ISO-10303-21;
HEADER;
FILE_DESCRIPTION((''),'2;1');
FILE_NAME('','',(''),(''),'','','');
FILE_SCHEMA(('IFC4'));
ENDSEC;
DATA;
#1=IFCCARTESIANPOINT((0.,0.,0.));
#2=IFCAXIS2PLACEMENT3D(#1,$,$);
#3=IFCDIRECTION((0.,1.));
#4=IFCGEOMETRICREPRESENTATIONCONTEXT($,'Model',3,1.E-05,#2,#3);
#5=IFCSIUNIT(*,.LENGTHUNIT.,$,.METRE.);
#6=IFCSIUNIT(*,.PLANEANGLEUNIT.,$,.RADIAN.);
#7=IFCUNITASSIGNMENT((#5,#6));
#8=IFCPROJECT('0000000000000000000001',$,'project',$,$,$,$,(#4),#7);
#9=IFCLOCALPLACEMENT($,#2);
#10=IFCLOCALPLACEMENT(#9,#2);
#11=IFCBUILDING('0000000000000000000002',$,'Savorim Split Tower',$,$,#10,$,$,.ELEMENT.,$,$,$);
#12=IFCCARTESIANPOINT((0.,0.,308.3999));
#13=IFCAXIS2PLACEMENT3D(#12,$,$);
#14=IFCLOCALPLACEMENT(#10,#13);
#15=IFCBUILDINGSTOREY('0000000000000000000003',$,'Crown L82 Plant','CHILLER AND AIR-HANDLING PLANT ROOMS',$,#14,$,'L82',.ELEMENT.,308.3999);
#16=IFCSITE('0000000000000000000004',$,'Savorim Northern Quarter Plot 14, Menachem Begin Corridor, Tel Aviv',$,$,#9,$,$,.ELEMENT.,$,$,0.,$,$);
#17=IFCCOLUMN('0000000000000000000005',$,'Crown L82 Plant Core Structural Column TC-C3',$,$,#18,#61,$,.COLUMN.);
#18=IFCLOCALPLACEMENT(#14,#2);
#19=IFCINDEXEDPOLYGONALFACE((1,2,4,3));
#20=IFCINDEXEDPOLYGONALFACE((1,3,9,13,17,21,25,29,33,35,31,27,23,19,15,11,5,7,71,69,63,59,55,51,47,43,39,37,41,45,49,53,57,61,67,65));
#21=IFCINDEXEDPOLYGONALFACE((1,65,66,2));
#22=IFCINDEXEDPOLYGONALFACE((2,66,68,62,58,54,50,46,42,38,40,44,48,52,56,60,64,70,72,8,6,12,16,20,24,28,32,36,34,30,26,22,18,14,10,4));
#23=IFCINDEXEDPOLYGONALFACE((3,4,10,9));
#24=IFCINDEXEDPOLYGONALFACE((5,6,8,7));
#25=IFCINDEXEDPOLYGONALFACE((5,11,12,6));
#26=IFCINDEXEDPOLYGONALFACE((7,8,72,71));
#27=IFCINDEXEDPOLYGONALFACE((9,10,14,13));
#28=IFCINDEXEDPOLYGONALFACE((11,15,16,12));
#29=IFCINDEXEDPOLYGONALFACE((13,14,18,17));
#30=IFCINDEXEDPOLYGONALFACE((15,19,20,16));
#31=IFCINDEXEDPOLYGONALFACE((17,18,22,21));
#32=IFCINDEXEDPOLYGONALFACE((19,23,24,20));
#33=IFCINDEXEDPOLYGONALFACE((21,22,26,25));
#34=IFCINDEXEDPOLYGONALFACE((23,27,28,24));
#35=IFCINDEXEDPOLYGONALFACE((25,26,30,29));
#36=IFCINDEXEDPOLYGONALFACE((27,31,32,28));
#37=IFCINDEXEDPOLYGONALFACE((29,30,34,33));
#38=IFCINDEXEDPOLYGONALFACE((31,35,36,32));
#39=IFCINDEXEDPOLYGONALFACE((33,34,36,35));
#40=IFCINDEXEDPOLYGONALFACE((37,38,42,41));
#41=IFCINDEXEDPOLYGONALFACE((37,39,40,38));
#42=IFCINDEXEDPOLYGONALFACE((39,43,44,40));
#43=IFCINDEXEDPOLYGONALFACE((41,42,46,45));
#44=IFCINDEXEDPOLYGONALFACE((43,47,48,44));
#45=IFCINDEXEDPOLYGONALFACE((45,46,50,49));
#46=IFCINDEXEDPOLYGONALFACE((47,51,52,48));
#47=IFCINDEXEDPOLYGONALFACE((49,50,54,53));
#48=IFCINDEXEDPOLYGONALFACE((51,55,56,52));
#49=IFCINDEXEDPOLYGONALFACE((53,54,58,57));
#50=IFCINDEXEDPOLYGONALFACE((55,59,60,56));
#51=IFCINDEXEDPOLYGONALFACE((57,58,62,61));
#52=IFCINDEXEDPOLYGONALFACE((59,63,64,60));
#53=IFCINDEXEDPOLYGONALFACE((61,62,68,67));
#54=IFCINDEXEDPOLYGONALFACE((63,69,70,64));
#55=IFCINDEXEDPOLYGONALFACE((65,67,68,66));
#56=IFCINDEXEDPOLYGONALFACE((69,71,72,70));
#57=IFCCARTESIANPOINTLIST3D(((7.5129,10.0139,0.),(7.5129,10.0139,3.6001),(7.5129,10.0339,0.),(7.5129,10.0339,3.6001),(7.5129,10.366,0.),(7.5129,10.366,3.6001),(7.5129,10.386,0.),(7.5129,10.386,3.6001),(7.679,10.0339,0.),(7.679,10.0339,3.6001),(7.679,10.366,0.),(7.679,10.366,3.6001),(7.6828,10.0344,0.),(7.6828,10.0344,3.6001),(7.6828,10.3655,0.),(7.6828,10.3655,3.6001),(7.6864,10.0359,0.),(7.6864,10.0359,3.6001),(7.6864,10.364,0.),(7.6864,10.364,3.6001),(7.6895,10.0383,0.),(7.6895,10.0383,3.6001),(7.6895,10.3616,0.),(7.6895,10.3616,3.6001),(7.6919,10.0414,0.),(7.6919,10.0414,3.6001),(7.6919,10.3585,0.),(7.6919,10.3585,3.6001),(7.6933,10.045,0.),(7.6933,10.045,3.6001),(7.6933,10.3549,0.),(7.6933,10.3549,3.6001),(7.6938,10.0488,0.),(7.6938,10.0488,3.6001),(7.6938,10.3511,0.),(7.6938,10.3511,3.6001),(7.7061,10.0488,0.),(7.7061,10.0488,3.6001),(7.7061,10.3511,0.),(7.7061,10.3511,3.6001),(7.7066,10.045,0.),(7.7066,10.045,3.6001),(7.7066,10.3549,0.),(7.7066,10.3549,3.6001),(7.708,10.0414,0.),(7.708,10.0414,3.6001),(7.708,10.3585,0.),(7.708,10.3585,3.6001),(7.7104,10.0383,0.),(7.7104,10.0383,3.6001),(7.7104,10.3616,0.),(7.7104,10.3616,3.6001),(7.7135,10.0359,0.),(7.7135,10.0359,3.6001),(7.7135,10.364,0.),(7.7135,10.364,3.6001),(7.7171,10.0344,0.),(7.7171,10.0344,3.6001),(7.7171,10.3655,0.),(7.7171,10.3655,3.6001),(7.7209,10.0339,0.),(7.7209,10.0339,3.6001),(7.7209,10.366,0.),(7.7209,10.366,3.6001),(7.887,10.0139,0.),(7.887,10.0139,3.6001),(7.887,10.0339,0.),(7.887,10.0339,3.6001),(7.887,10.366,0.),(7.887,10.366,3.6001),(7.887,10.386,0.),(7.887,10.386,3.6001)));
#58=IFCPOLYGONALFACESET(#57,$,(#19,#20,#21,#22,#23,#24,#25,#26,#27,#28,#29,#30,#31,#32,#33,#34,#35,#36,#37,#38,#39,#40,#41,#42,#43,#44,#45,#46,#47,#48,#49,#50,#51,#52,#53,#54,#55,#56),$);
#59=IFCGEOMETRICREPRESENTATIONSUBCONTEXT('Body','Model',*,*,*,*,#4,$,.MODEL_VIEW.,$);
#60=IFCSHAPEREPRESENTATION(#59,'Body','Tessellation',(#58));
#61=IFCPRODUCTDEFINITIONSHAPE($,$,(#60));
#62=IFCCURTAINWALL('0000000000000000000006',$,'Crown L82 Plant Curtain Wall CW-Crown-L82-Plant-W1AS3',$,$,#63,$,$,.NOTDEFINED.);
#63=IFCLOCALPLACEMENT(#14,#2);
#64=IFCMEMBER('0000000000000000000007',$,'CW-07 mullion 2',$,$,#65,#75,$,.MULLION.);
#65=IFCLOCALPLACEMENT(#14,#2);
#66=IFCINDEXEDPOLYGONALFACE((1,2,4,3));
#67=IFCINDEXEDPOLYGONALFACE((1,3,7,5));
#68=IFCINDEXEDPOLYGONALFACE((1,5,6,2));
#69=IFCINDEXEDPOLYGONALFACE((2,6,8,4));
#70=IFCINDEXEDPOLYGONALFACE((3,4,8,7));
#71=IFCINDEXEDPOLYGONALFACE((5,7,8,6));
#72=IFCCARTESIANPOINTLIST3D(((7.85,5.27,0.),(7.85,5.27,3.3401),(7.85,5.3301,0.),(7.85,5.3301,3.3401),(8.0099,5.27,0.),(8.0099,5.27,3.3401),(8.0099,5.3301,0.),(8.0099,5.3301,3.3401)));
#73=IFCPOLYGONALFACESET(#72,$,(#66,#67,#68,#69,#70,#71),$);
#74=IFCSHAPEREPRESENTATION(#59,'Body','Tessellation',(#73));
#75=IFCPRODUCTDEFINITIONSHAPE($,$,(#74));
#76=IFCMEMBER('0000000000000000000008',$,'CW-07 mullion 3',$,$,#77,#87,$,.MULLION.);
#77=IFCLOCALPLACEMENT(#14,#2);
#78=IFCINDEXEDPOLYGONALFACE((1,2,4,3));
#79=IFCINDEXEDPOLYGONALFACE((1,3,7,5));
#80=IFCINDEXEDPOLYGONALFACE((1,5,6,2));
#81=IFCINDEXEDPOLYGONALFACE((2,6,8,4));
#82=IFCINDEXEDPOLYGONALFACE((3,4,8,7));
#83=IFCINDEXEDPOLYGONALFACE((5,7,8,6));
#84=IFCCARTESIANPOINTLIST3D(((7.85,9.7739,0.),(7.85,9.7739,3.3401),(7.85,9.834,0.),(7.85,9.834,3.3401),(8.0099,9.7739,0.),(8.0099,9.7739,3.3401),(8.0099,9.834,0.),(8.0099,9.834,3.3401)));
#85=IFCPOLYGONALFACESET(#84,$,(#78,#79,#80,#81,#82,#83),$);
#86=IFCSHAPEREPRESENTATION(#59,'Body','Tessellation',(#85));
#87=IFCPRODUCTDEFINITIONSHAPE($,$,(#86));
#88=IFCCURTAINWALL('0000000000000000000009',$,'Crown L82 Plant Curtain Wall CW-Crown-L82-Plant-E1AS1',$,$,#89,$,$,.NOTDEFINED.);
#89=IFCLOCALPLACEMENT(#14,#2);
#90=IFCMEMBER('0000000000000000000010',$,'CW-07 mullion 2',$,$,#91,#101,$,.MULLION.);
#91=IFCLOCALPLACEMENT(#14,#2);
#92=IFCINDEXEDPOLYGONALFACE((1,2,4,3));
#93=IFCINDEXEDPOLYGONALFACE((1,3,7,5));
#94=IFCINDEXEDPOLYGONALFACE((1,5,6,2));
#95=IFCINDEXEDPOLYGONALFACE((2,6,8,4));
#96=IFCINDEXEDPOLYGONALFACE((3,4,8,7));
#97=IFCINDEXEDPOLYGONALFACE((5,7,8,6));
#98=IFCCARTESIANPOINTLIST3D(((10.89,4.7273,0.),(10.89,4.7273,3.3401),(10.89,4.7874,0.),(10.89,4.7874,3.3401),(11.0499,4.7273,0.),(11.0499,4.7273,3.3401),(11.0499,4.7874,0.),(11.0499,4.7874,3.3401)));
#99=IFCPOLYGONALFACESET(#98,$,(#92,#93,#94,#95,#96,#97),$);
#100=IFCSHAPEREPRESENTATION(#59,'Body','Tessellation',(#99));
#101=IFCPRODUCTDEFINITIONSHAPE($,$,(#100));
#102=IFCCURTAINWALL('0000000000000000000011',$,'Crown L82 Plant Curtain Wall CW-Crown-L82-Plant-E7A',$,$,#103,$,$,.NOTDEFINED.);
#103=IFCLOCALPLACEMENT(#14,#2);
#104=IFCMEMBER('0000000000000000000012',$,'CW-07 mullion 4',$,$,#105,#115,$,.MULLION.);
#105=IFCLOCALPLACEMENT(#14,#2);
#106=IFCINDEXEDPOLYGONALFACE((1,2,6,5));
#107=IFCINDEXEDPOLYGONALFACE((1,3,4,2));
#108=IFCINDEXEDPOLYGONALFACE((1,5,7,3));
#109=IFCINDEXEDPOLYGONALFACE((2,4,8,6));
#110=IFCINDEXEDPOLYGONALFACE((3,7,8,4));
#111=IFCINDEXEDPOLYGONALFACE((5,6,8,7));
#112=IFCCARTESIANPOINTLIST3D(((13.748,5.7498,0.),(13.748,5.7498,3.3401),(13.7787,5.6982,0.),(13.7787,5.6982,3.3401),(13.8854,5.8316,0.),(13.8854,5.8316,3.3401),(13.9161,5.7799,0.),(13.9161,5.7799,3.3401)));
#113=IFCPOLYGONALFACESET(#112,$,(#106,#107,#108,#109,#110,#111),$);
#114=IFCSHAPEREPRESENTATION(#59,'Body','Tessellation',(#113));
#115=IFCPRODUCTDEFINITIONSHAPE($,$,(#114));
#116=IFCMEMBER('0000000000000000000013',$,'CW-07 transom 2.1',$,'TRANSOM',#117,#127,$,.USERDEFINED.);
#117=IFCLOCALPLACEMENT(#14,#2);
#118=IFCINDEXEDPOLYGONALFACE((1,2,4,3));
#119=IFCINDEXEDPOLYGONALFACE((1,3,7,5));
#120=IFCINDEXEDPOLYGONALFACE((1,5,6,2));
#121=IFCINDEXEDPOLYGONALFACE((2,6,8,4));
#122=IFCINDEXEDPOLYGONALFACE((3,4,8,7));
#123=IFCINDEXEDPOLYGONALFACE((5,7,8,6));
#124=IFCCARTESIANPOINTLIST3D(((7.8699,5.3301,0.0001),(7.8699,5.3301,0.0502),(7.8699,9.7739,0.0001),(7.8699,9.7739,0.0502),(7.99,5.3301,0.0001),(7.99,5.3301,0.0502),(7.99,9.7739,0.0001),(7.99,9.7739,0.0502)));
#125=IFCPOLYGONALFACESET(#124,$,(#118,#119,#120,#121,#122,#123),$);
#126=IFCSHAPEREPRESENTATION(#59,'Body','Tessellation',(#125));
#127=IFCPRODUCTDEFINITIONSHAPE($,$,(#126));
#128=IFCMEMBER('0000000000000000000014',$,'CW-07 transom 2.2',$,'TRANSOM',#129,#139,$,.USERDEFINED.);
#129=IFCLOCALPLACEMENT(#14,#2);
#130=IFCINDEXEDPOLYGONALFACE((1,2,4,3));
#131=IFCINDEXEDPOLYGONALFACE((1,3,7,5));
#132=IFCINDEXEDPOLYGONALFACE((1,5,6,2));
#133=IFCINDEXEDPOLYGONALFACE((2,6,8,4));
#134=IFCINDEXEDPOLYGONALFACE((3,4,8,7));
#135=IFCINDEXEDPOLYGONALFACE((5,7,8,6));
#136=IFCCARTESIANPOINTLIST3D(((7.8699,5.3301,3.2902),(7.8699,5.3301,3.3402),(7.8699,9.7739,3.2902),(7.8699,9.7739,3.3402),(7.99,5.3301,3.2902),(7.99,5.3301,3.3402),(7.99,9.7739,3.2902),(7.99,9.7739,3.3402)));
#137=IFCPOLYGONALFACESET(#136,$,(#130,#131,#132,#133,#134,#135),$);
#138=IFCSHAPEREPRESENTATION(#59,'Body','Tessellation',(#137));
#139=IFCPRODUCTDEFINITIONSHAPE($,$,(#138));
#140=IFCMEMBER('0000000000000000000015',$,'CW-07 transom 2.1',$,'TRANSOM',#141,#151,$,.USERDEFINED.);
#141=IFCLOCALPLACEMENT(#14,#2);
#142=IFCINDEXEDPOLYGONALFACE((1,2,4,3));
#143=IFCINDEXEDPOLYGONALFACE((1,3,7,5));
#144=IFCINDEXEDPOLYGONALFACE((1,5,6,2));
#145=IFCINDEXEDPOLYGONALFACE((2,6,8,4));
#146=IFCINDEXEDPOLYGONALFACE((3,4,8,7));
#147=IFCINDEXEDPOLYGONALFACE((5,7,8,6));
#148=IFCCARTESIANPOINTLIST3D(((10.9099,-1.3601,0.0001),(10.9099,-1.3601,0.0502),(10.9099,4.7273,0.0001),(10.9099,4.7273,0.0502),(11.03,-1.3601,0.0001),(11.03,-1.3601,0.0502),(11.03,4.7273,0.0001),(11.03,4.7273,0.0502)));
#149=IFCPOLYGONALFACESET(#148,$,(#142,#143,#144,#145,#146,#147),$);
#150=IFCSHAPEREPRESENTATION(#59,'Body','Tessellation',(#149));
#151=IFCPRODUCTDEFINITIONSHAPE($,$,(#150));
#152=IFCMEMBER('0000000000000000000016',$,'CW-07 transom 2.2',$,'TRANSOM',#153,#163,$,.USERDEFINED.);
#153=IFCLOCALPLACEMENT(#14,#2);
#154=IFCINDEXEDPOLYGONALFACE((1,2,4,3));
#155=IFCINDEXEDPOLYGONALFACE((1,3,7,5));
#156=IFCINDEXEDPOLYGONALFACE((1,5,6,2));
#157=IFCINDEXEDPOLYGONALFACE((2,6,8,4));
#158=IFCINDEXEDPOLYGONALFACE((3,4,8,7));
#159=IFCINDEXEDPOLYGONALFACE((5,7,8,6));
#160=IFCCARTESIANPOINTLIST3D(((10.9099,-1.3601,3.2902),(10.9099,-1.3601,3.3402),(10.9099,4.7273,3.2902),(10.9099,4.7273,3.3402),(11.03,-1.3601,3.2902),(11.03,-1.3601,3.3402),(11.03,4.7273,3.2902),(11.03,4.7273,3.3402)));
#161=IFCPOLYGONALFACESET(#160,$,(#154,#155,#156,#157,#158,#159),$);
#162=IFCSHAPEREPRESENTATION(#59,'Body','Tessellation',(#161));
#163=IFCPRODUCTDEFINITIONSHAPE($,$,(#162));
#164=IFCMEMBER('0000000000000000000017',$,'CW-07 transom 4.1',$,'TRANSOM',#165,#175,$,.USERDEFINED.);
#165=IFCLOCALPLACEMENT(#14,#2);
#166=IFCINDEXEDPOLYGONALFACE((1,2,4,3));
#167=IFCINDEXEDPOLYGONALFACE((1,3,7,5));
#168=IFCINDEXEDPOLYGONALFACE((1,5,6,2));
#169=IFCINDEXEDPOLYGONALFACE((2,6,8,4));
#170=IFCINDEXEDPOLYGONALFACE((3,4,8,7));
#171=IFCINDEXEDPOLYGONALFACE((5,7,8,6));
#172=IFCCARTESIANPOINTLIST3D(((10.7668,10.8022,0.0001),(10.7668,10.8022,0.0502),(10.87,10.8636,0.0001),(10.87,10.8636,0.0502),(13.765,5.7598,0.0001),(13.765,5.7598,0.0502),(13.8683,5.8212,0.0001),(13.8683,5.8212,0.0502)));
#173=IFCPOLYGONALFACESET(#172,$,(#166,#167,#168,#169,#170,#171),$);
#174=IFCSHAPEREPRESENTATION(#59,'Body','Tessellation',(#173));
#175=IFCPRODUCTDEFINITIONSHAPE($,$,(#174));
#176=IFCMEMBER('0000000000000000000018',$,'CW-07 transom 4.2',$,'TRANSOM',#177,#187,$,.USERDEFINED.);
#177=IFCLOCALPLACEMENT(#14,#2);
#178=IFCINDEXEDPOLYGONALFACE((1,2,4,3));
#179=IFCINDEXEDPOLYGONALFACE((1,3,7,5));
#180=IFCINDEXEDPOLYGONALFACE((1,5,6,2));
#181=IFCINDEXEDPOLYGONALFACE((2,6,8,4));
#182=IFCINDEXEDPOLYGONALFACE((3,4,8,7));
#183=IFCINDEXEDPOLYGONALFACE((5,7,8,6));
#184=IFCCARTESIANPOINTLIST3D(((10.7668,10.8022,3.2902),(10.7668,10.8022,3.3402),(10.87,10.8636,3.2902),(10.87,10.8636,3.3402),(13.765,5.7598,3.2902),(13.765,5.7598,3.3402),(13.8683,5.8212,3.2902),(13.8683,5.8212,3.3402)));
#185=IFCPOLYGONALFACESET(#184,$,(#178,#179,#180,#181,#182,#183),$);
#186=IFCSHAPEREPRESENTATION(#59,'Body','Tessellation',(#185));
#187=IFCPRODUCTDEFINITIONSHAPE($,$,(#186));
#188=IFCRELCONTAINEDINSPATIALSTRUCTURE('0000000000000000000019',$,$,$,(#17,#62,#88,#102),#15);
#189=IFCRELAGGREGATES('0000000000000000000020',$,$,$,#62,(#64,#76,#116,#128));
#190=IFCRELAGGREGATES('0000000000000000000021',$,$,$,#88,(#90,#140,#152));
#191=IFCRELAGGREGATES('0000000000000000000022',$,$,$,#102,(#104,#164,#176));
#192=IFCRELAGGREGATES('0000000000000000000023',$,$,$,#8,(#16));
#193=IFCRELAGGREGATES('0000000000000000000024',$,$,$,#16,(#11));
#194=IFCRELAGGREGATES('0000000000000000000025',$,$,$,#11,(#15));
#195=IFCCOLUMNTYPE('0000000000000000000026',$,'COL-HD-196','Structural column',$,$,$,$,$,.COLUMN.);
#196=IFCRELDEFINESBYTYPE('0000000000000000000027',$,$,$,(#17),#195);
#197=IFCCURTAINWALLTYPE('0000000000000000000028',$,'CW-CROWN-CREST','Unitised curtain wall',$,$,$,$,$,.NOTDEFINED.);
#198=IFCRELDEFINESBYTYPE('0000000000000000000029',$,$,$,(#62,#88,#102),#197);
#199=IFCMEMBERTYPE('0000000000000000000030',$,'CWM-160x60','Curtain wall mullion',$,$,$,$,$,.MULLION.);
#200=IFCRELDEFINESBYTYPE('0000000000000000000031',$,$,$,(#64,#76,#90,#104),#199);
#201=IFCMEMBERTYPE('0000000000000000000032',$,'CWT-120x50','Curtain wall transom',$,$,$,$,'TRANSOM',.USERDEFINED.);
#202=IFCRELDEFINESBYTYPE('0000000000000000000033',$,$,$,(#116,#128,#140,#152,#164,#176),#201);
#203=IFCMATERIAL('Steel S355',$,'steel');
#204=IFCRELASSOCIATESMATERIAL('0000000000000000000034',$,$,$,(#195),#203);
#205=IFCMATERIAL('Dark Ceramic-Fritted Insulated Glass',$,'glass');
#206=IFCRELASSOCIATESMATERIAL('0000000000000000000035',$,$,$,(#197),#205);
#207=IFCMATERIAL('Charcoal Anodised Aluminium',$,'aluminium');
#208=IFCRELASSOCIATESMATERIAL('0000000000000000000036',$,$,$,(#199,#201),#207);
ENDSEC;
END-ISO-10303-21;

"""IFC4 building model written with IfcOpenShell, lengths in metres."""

from ifc_helpers import new_model, si_unit, direction, frame, origin, origin_2d, place, context, subcontext, project, spatial, rectangle, i_section, extrude, material, material_profile, profile_set, type_object, element, aggregate, save


model = new_model("IFC4")

# Units and contexts
model_context = context("Model", 3, precision=1e-05, world=origin(), true_north=direction((0.0, 1.0)))
body_context = subcontext(model_context, "Body", "Model", "MODEL_VIEW")
ifc_project = project(units=[si_unit("LENGTHUNIT", "METRE"), si_unit("PLANEANGLEUNIT", "RADIAN")], contexts=[model_context])

# Site, building, storey
site_placement = place(None, origin())
site = spatial("IfcSite", under=ifc_project, at=site_placement, Name="Savorim Northern Quarter Plot 14, Menachem Begin Corridor, Tel Aviv", CompositionType="ELEMENT", RefElevation=0.0)
building_placement = place(site_placement, origin())
building = spatial("IfcBuilding", under=site, at=building_placement, Name="Savorim Split Tower", CompositionType="ELEMENT")
storey_placement = place(building_placement, frame((0.0, 0.0, 308.3999)))
storey = spatial("IfcBuildingStorey", under=building, at=storey_placement, Name="Crown L82 Plant", Description="CHILLER AND AIR-HANDLING PLANT ROOMS", LongName="L82", CompositionType="ELEMENT", Elevation=308.3999)

# Column
ifc_material_1 = material(Name="Steel S355", Category="steel")
ifc_material_profile_1 = material_profile(ifc_material_1, i_section(OverallWidth=0.374, OverallDepth=0.3721, WebThickness=0.0122, FlangeThickness=0.02, FilletRadius=0.0149, at=origin_2d()), Name="HD 360x196")
ifc_profile_set_1 = profile_set([ifc_material_profile_1], Name="Steel S355")
column_type = type_object("IfcColumnType", Name="COL-HD-196", Description="Structural column", PredefinedType="COLUMN", material=ifc_profile_set_1)
column_placement = place(storey_placement, frame((7.7, 10.2, 0.0), z_axis=(0.0, 0.0, 1.0), x_axis=(1.0, 0.0, 0.0)))
element("IfcColumn", 1, at=column_placement, inside=storey, type_object=column_type, Name="Crown L82 Plant Core Structural Column TC-C3", PredefinedType="COLUMN", context=body_context, shape_type="SweptSolid", body=[
    extrude(i_section(OverallWidth=0.374, OverallDepth=0.3721, WebThickness=0.0122, FlangeThickness=0.02, FilletRadius=0.0149, at=origin_2d()), origin(), (0.0, 0.0, 1.0), 3.6001),
])

# Curtain wall, members
ifc_material_2 = material(Name="Dark Ceramic-Fritted Insulated Glass", Category="glass")
curtain_wall_type = type_object("IfcCurtainWallType", Name="CW-CROWN-CREST", Description="Unitised curtain wall", PredefinedType="NOTDEFINED", material=ifc_material_2)
curtain_wall_1_placement = place(storey_placement, origin())
curtain_wall_1 = element("IfcCurtainWall", 2, at=curtain_wall_1_placement, inside=storey, type_object=curtain_wall_type, Name="Crown L82 Plant Curtain Wall CW-Crown-L82-Plant-W1AS3", PredefinedType="NOTDEFINED")
ifc_material_3 = material(Name="Charcoal Anodised Aluminium", Category="aluminium")
ifc_material_profile_2 = material_profile(ifc_material_3, rectangle(XDim=0.1599, YDim=0.0601, at=origin_2d()), Name="ALU-M 160x60")
ifc_profile_set_2 = profile_set([ifc_material_profile_2], Name="Charcoal Anodised Aluminium")
member_type_1 = type_object("IfcMemberType", Name="CWM-160x60", Description="Curtain wall mullion", PredefinedType="MULLION", material=ifc_profile_set_2)
member_1_placement = place(storey_placement, frame((7.9299, 5.3, 0.0), z_axis=(0.0, 0.0, 1.0), x_axis=(-1.0, 0.0, 0.0)))
member_1 = element("IfcMember", 3, at=member_1_placement, type_object=member_type_1, Name="CW-07 mullion 2", PredefinedType="MULLION", context=body_context, shape_type="SweptSolid", body=[
    extrude(rectangle(XDim=0.1599, YDim=0.0601, at=origin_2d()), origin(), (0.0, 0.0, 1.0), 3.3401),
])
member_2_placement = place(storey_placement, frame((7.9299, 9.804, 0.0), z_axis=(0.0, 0.0, 1.0), x_axis=(-1.0, 0.0, 0.0)))
member_2 = element("IfcMember", 4, at=member_2_placement, type_object=member_type_1, Name="CW-07 mullion 3", PredefinedType="MULLION", context=body_context, shape_type="SweptSolid", body=[
    extrude(rectangle(XDim=0.1599, YDim=0.0601, at=origin_2d()), origin(), (0.0, 0.0, 1.0), 3.3401),
])

# Curtain walls, members
curtain_wall_2_placement = place(storey_placement, origin())
curtain_wall_2 = element("IfcCurtainWall", 5, at=curtain_wall_2_placement, inside=storey, type_object=curtain_wall_type, Name="Crown L82 Plant Curtain Wall CW-Crown-L82-Plant-E1AS1", PredefinedType="NOTDEFINED")
member_3_placement = place(storey_placement, frame((10.97, 4.7573, 0.0), z_axis=(0.0, 0.0, 1.0), x_axis=(1.0, 0.0, 0.0)))
member_3 = element("IfcMember", 6, at=member_3_placement, type_object=member_type_1, Name="CW-07 mullion 2", PredefinedType="MULLION", context=body_context, shape_type="SweptSolid", body=[
    extrude(rectangle(XDim=0.1599, YDim=0.0601, at=origin_2d()), origin(), (0.0, 0.0, 1.0), 3.3401),
])
curtain_wall_3_placement = place(storey_placement, origin())
curtain_wall_3 = element("IfcCurtainWall", 7, at=curtain_wall_3_placement, inside=storey, type_object=curtain_wall_type, Name="Crown L82 Plant Curtain Wall CW-Crown-L82-Plant-E7A", PredefinedType="NOTDEFINED")
member_4_placement = place(storey_placement, frame((13.832, 5.7649, 0.0), z_axis=(0.0, 0.0, 1.0), x_axis=(-0.859524, -0.511095, 0.0)))
member_4 = element("IfcMember", 8, at=member_4_placement, type_object=member_type_1, Name="CW-07 mullion 4", PredefinedType="MULLION", context=body_context, shape_type="SweptSolid", body=[
    extrude(rectangle(XDim=0.1599, YDim=0.0601, at=origin_2d()), origin(), (0.0, 0.0, 1.0), 3.3401),
])

# Members
ifc_material_profile_3 = material_profile(ifc_material_3, rectangle(XDim=0.1201, YDim=0.05, at=origin_2d()), Name="ALU-T 120x50")
ifc_profile_set_3 = profile_set([ifc_material_profile_3], Name="Charcoal Anodised Aluminium")
member_type_2 = type_object("IfcMemberType", Name="CWT-120x50", Description="Curtain wall transom", ElementType="TRANSOM", PredefinedType="USERDEFINED", material=ifc_profile_set_3)
member_5_placement = place(storey_placement, frame((7.9299, 5.3301, 0.0251), z_axis=(0.0, 1.0, 0.0), x_axis=(-1.0, 0.0, 0.0)))
member_5 = element("IfcMember", 9, at=member_5_placement, type_object=member_type_2, Name="CW-07 transom 2.1", ObjectType="TRANSOM", PredefinedType="USERDEFINED", context=body_context, shape_type="SweptSolid", body=[
    extrude(rectangle(XDim=0.1201, YDim=0.05, at=origin_2d()), origin(), (0.0, 0.0, 1.0), 4.4438),
])
member_6_placement = place(storey_placement, frame((7.9299, 5.3301, 3.3152), z_axis=(0.0, 1.0, 0.0), x_axis=(-1.0, 0.0, 0.0)))
member_6 = element("IfcMember", 10, at=member_6_placement, type_object=member_type_2, Name="CW-07 transom 2.2", ObjectType="TRANSOM", PredefinedType="USERDEFINED", context=body_context, shape_type="SweptSolid", body=[
    extrude(rectangle(XDim=0.1201, YDim=0.05, at=origin_2d()), origin(), (0.0, 0.0, 1.0), 4.4438),
])
member_7_placement = place(storey_placement, frame((10.97, 4.7273, 0.0251), z_axis=(0.0, -1.0, 0.0), x_axis=(1.0, 0.0, 0.0)))
member_7 = element("IfcMember", 11, at=member_7_placement, type_object=member_type_2, Name="CW-07 transom 2.1", ObjectType="TRANSOM", PredefinedType="USERDEFINED", context=body_context, shape_type="SweptSolid", body=[
    extrude(rectangle(XDim=0.1201, YDim=0.05, at=origin_2d()), origin(), (0.0, 0.0, 1.0), 6.0874),
])
member_8_placement = place(storey_placement, frame((10.97, 4.7273, 3.3152), z_axis=(0.0, -1.0, 0.0), x_axis=(1.0, 0.0, 0.0)))
member_8 = element("IfcMember", 12, at=member_8_placement, type_object=member_type_2, Name="CW-07 transom 2.2", ObjectType="TRANSOM", PredefinedType="USERDEFINED", context=body_context, shape_type="SweptSolid", body=[
    extrude(rectangle(XDim=0.1201, YDim=0.05, at=origin_2d()), origin(), (0.0, 0.0, 1.0), 6.0874),
])
member_9_placement = place(storey_placement, frame((13.8167, 5.7905, 0.0251), z_axis=(-0.511083, 0.859531, 0.0), x_axis=(-0.859531, -0.511083, 0.0)))
member_9 = element("IfcMember", 13, at=member_9_placement, type_object=member_type_2, Name="CW-07 transom 4.1", ObjectType="TRANSOM", PredefinedType="USERDEFINED", context=body_context, shape_type="SweptSolid", body=[
    extrude(rectangle(XDim=0.1201, YDim=0.05, at=origin_2d()), origin(), (0.0, 0.0, 1.0), 5.8665),
])
member_10_placement = place(storey_placement, frame((13.8167, 5.7905, 3.3152), z_axis=(-0.511083, 0.859531, 0.0), x_axis=(-0.859531, -0.511083, 0.0)))
member_10 = element("IfcMember", 14, at=member_10_placement, type_object=member_type_2, Name="CW-07 transom 4.2", ObjectType="TRANSOM", PredefinedType="USERDEFINED", context=body_context, shape_type="SweptSolid", body=[
    extrude(rectangle(XDim=0.1201, YDim=0.05, at=origin_2d()), origin(), (0.0, 0.0, 1.0), 5.8665),
])

aggregate(curtain_wall_1, [member_1, member_2, member_5, member_6])
aggregate(curtain_wall_2, [member_3, member_7, member_8])
aggregate(curtain_wall_3, [member_4, member_9, member_10])

save(model, "model.ifc")
